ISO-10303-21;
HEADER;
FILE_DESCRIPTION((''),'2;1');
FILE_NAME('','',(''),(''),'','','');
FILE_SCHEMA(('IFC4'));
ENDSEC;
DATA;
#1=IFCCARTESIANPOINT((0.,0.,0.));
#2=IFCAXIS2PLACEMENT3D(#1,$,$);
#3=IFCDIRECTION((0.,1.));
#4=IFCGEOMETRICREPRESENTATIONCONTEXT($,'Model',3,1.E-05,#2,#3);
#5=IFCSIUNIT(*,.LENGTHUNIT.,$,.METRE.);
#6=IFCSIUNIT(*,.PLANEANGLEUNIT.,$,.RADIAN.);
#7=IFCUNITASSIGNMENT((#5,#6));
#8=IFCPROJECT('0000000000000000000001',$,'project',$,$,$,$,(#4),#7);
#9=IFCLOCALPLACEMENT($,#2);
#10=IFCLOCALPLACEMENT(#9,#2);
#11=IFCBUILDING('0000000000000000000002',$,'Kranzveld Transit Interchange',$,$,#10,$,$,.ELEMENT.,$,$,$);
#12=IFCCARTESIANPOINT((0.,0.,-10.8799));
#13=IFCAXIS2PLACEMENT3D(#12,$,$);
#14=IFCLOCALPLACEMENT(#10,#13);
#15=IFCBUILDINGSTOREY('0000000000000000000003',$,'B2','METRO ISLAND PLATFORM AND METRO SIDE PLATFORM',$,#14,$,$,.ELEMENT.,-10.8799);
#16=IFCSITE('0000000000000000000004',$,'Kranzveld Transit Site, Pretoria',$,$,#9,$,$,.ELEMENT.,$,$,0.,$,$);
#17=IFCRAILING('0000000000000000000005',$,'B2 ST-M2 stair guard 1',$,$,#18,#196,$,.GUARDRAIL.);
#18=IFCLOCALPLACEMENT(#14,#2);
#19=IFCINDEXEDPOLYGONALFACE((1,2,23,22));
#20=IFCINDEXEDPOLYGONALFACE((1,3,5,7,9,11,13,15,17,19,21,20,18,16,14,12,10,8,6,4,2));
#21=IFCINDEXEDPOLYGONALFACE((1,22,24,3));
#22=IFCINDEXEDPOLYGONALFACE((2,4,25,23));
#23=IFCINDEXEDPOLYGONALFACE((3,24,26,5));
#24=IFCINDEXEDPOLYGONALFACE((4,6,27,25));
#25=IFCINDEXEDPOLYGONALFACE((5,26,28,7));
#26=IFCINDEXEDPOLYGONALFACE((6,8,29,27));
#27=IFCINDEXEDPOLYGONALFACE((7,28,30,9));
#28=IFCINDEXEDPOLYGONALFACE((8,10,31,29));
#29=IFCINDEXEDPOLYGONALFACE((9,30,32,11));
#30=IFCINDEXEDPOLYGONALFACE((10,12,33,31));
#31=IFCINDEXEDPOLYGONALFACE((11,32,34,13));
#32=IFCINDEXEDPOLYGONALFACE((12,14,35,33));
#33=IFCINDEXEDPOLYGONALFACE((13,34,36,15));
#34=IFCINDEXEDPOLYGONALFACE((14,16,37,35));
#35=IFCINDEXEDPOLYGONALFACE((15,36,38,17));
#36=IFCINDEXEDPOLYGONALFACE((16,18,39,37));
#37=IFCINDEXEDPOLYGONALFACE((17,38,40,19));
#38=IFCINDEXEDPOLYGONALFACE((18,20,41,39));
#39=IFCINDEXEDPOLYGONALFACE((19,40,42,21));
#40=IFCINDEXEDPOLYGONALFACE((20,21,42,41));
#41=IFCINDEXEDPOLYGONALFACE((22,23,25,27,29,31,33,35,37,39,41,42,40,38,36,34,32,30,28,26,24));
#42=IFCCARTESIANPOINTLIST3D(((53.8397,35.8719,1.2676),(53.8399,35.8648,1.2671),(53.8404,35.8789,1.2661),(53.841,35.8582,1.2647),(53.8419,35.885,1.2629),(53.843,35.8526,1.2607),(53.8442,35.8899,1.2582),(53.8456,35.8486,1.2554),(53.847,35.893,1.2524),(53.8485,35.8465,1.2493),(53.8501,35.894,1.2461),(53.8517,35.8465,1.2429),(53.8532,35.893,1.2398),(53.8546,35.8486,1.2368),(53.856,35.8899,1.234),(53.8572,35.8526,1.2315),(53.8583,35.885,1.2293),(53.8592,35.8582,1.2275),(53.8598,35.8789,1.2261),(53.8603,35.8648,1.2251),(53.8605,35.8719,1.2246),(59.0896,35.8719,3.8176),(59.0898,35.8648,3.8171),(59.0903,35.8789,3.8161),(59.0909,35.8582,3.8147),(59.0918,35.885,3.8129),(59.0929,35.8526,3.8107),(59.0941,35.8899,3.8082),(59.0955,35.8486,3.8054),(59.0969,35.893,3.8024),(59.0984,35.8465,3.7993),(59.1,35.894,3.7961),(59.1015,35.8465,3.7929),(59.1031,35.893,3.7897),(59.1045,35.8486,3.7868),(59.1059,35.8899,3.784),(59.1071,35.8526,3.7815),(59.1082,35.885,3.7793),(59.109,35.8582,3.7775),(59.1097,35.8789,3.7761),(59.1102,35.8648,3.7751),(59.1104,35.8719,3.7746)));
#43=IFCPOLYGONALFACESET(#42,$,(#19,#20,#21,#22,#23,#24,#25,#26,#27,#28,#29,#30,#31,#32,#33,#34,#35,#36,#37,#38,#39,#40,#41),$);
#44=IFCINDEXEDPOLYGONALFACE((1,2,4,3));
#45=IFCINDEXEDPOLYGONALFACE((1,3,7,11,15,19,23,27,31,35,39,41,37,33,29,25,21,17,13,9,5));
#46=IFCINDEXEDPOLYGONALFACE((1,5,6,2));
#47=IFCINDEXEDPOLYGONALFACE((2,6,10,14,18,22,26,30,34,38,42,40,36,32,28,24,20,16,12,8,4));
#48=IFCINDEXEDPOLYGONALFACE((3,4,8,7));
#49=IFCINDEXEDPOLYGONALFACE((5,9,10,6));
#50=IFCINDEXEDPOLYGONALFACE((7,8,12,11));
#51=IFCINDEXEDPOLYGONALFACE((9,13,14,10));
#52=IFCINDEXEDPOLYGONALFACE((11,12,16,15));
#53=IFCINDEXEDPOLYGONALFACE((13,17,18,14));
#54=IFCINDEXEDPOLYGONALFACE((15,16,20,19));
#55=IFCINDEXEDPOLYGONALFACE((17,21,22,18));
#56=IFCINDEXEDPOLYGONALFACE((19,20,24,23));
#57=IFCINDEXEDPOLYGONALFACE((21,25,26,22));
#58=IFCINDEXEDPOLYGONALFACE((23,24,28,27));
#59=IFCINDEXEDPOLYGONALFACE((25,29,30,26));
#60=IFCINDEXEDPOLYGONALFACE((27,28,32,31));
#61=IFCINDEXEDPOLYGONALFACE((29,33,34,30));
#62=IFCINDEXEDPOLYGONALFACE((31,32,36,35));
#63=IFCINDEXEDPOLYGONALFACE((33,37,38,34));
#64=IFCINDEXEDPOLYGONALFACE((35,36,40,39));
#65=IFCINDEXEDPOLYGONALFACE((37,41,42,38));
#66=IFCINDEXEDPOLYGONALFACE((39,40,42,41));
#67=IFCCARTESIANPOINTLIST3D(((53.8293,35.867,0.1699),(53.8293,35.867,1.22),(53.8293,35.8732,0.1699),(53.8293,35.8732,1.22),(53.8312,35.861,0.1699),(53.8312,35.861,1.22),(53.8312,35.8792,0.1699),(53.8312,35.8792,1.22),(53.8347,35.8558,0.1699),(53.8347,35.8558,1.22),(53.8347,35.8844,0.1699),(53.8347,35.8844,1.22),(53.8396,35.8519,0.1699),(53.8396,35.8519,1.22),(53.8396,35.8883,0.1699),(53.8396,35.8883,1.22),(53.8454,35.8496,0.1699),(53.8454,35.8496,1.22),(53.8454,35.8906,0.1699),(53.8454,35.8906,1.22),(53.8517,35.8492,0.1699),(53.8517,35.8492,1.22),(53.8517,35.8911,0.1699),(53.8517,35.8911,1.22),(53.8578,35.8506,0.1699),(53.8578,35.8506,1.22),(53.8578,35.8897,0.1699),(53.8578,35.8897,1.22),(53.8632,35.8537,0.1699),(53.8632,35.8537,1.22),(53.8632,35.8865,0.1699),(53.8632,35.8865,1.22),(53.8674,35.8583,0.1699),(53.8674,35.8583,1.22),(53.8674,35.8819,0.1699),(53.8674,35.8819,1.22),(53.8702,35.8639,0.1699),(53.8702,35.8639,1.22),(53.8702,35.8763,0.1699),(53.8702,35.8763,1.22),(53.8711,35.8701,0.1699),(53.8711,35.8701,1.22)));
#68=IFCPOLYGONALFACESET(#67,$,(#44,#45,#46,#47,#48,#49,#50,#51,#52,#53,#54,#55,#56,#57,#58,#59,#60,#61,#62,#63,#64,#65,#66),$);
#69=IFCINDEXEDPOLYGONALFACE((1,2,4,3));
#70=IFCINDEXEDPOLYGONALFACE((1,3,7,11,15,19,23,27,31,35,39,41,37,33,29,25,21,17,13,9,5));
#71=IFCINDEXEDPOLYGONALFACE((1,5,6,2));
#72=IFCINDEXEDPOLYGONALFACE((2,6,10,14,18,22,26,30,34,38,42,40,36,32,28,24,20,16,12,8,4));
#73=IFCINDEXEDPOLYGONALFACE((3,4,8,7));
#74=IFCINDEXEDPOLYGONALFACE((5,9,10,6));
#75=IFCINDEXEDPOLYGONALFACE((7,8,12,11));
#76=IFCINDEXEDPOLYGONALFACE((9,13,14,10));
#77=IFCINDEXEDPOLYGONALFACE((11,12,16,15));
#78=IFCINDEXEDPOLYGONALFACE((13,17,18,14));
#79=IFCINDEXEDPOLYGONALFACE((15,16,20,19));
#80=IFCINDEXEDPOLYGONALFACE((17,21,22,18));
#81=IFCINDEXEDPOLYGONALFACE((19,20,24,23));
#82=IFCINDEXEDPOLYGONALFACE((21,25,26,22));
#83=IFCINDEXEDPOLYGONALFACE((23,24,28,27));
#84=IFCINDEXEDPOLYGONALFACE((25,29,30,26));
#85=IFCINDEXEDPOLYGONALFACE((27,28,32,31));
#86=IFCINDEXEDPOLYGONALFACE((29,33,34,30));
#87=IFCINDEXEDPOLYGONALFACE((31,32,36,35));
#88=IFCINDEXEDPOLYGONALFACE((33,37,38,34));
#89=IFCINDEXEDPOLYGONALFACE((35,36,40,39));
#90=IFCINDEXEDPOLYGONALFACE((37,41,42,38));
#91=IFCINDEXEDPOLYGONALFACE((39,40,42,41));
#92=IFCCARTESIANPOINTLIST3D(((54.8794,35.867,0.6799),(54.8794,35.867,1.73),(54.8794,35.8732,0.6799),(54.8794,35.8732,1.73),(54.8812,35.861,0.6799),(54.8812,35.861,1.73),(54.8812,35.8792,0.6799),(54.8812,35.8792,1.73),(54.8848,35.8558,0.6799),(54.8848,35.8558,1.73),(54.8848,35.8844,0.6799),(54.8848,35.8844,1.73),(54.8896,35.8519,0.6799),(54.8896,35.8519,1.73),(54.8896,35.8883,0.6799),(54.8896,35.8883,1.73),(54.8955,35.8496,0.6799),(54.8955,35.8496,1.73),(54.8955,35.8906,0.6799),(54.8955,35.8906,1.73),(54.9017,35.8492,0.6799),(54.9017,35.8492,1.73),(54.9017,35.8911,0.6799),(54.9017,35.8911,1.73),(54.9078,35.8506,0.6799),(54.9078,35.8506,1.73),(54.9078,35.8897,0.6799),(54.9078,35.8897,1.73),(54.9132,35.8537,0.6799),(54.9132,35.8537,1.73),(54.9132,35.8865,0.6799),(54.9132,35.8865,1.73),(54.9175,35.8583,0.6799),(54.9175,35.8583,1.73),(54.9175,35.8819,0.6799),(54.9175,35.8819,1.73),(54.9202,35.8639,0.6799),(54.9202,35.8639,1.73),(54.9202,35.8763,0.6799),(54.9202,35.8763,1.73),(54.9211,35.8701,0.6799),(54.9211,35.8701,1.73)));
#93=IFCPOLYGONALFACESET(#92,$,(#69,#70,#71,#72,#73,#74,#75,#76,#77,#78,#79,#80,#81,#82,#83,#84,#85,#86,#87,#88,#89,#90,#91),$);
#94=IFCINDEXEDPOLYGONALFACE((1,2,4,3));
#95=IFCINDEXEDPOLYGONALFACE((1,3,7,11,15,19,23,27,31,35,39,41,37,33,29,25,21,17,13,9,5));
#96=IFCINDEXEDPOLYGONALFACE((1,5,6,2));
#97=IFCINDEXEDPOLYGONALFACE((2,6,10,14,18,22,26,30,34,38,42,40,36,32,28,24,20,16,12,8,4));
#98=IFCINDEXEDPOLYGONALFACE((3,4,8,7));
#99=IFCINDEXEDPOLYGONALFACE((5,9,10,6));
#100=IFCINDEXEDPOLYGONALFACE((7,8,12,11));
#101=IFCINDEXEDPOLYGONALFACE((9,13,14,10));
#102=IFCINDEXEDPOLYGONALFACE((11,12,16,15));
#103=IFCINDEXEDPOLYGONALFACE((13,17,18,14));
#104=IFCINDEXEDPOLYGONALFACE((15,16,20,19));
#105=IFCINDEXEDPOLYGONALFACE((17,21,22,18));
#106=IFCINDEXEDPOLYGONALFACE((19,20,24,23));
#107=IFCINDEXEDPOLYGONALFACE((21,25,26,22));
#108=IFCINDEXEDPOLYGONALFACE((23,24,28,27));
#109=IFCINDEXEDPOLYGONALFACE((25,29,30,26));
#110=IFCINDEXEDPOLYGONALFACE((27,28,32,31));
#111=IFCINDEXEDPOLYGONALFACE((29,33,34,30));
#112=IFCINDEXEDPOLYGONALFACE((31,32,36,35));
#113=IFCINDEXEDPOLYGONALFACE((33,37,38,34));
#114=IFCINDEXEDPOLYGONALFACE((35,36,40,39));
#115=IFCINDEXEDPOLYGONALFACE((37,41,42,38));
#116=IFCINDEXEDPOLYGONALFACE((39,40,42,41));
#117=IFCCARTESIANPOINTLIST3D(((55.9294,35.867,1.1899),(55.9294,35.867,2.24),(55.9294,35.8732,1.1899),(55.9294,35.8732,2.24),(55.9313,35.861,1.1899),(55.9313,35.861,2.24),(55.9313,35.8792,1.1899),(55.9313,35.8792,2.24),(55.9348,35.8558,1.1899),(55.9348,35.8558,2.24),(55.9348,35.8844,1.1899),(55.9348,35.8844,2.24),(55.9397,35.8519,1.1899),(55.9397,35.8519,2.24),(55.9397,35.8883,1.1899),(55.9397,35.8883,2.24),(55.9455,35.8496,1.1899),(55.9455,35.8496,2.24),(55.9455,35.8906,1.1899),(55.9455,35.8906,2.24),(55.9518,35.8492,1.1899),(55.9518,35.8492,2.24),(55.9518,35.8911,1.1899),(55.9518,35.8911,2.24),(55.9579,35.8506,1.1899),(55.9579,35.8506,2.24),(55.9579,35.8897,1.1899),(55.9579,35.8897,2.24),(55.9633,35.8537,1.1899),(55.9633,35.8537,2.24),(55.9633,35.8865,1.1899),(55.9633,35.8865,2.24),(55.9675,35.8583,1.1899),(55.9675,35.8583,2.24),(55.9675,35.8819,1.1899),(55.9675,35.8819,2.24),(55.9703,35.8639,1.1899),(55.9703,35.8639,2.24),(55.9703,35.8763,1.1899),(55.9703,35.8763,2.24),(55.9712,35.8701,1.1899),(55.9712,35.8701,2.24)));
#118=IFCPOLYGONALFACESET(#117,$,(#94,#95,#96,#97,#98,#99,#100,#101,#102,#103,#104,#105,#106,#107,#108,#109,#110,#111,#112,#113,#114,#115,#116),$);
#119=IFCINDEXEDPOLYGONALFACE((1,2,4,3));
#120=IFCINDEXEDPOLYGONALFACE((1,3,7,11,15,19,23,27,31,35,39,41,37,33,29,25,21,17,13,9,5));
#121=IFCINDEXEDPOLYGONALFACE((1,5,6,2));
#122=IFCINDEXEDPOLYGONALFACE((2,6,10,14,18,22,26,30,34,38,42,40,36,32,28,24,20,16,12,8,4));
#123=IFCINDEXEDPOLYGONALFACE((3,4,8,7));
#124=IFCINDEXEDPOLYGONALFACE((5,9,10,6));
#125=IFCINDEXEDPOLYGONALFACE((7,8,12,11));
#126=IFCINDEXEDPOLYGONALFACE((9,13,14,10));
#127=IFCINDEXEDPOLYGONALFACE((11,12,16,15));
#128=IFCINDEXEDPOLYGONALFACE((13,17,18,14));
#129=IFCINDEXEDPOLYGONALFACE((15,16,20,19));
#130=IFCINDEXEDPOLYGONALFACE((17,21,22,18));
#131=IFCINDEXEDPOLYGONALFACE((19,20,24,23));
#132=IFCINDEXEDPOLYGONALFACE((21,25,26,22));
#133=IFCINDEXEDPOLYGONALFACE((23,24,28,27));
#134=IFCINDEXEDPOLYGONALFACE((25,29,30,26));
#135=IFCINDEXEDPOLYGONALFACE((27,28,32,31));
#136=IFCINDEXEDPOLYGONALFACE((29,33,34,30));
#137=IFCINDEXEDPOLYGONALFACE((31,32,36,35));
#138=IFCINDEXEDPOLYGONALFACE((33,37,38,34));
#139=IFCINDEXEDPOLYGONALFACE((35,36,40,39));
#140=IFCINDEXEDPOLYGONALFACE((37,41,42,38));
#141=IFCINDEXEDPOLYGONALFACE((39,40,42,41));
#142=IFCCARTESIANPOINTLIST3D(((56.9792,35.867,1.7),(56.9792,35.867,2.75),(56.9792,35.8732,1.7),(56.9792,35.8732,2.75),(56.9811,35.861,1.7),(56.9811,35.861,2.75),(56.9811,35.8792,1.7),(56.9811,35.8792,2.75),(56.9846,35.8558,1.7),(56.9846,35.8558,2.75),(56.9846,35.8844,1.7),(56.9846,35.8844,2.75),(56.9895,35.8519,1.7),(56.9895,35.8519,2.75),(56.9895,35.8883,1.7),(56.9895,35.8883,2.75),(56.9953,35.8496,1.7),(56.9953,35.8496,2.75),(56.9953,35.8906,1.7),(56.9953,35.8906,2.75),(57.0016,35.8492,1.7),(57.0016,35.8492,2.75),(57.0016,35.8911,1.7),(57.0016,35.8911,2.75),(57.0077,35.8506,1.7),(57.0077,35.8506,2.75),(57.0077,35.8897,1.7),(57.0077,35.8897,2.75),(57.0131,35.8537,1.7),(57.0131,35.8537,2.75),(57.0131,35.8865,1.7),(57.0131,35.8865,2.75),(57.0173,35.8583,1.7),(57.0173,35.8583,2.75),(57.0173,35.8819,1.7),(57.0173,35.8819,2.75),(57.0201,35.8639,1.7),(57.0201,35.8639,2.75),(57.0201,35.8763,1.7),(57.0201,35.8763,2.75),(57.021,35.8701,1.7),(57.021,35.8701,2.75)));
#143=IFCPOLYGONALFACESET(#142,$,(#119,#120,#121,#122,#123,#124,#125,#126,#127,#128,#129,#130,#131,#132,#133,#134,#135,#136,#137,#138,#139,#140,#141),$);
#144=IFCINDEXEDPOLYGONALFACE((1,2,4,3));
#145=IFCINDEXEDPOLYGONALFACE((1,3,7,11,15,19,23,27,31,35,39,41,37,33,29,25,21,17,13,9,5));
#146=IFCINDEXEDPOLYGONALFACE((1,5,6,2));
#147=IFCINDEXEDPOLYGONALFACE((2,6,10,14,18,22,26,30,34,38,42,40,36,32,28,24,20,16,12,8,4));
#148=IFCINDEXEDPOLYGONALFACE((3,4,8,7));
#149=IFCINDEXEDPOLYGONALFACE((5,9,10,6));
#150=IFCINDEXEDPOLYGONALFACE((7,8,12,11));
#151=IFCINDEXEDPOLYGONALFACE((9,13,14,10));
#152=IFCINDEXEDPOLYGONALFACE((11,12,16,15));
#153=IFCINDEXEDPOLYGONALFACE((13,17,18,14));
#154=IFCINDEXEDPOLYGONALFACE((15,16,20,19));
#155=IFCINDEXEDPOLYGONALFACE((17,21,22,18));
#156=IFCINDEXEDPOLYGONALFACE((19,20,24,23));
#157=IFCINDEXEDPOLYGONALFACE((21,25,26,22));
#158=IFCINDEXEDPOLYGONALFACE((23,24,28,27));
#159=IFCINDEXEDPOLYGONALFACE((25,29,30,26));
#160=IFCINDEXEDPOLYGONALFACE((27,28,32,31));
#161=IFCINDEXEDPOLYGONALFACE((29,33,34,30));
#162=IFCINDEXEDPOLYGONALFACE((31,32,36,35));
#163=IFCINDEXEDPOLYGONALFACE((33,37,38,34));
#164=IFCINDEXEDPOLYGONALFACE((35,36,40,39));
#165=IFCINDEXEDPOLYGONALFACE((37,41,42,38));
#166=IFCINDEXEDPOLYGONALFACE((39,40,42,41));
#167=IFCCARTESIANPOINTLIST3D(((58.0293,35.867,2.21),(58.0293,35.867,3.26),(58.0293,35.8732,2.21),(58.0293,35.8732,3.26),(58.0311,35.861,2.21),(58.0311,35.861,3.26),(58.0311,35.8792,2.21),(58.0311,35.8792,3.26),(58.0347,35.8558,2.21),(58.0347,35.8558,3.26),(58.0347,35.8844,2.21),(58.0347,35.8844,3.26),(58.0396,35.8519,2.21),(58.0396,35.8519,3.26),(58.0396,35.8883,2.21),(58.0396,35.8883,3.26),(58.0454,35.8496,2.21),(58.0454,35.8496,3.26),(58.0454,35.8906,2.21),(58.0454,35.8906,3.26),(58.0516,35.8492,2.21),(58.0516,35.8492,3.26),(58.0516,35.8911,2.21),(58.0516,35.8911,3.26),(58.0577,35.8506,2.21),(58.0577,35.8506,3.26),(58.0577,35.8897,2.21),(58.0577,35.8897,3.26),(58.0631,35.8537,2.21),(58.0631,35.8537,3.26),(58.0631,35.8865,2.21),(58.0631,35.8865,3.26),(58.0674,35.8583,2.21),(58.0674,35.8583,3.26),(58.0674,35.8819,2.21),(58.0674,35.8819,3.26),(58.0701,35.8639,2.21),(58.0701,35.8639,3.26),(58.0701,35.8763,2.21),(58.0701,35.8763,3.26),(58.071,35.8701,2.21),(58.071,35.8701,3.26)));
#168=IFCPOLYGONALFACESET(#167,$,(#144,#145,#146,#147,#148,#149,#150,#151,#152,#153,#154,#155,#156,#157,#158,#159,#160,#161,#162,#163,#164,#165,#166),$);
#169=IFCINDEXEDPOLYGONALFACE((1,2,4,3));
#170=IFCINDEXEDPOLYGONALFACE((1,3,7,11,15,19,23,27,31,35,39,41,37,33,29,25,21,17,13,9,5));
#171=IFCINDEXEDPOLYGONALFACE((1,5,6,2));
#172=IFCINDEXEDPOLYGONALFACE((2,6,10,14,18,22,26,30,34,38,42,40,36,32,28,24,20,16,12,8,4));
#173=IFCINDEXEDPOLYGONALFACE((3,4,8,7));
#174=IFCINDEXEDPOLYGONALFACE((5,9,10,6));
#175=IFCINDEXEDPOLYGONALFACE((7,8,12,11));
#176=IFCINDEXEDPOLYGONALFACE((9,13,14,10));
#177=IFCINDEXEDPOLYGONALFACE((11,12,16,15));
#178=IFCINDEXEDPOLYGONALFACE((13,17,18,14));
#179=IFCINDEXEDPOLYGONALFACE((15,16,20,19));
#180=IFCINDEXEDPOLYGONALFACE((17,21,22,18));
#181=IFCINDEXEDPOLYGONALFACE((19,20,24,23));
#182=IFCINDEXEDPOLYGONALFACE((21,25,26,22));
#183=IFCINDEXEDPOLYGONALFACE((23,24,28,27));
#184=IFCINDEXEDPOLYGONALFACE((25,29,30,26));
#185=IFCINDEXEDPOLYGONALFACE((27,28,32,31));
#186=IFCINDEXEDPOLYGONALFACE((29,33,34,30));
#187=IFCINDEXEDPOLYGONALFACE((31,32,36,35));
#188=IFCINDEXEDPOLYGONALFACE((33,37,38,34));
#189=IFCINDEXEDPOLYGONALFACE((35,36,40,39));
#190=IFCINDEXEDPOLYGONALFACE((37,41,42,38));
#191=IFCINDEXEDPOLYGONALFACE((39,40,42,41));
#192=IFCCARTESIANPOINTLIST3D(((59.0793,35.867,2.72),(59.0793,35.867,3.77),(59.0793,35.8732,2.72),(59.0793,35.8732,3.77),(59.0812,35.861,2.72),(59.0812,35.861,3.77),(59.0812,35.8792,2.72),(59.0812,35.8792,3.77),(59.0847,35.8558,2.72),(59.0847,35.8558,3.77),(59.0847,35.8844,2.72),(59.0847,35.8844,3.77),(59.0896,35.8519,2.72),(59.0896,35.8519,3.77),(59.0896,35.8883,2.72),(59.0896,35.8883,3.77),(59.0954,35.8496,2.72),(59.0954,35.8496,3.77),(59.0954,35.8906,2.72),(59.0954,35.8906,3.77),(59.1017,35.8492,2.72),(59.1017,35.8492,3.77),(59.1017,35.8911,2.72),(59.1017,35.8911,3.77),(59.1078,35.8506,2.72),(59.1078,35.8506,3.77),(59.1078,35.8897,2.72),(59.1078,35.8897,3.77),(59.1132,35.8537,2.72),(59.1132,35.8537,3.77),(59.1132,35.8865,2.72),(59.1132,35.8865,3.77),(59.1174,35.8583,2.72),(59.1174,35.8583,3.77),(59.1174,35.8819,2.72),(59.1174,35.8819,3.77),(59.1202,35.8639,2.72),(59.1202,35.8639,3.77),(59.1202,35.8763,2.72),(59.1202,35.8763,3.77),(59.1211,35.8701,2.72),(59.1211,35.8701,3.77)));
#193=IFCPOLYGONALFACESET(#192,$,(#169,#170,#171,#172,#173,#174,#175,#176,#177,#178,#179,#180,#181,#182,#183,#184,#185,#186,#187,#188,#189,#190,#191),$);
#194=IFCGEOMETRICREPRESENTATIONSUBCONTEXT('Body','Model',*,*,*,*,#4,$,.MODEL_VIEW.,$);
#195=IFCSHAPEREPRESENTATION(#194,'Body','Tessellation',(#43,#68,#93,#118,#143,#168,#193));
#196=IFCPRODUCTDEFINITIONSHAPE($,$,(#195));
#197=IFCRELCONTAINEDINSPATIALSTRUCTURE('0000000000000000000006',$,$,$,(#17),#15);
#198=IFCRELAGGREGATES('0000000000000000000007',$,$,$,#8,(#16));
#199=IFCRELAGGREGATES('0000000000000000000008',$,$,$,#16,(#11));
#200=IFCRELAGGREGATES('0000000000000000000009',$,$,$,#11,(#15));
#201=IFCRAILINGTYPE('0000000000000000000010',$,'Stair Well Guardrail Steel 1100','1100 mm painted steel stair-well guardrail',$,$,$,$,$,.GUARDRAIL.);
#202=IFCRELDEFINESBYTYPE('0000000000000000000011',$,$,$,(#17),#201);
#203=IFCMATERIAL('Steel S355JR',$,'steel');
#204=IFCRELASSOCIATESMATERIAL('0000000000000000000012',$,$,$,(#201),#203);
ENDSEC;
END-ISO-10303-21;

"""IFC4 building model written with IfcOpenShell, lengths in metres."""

from ifc_helpers import new_model, si_unit, direction, frame, origin, origin_2d, place, context, subcontext, project, spatial, circle, extrude, material, type_object, element, save


model = new_model("IFC4")

# Units and contexts
model_context = context("Model", 3, precision=1e-05, world=origin(), true_north=direction((0.0, 1.0)))
body_context = subcontext(model_context, "Body", "Model", "MODEL_VIEW")
ifc_project = project(units=[si_unit("LENGTHUNIT", "METRE"), si_unit("PLANEANGLEUNIT", "RADIAN")], contexts=[model_context])

# Site, building, storey
site_placement = place(None, origin())
site = spatial("IfcSite", under=ifc_project, at=site_placement, Name="Kranzveld Transit Site, Pretoria", CompositionType="ELEMENT", RefElevation=0.0)
building_placement = place(site_placement, origin())
building = spatial("IfcBuilding", under=site, at=building_placement, Name="Kranzveld Transit Interchange", CompositionType="ELEMENT")
storey_placement = place(building_placement, frame((0.0, 0.0, -10.8799)))
storey = spatial("IfcBuildingStorey", under=building, at=storey_placement, Name="B2", Description="METRO ISLAND PLATFORM AND METRO SIDE PLATFORM", CompositionType="ELEMENT", Elevation=-10.8799)

# Railing
ifc_material_1 = material(Name="Steel S355JR", Category="steel")
railing_type_1 = type_object("IfcRailingType", Name="Stair Well Guardrail Steel 1100", Description="1100 mm painted steel stair-well guardrail", PredefinedType="GUARDRAIL", material=ifc_material_1)
railing_1_placement = place(storey_placement, frame((53.8501, 35.8701, 0.1699)))
element("IfcRailing", 1, at=railing_1_placement, inside=storey, type_object=railing_type_1, Name="B2 ST-M2 stair guard 1", PredefinedType="GUARDRAIL", context=body_context, shape_type="SweptSolid", body=[
    extrude(circle(Radius=0.0239, at=origin_2d()), frame((0.0, 0.0, 1.0762), z_axis=(0.899505, 0.0, 0.436911), x_axis=(0.0, 1.0, 0.0)), (0.0, 0.0, 1.0), 5.8364),
    extrude(circle(Radius=0.021, at=origin_2d()), origin(), (0.0, 0.0, 1.0), 1.05),
    extrude(circle(Radius=0.021, at=origin_2d()), frame((1.05, 0.0, 0.51)), (0.0, 0.0, 1.0), 1.05),
    extrude(circle(Radius=0.021, at=origin_2d()), frame((2.1001, 0.0, 1.02)), (0.0, 0.0, 1.0), 1.05),
    extrude(circle(Radius=0.021, at=origin_2d()), frame((3.1499, 0.0, 1.53)), (0.0, 0.0, 1.0), 1.05),
    extrude(circle(Radius=0.021, at=origin_2d()), frame((4.2, 0.0, 2.04)), (0.0, 0.0, 1.0), 1.05),
    extrude(circle(Radius=0.021, at=origin_2d()), frame((5.25, 0.0, 2.55)), (0.0, 0.0, 1.0), 1.05),
])

save(model, "model.ifc")
